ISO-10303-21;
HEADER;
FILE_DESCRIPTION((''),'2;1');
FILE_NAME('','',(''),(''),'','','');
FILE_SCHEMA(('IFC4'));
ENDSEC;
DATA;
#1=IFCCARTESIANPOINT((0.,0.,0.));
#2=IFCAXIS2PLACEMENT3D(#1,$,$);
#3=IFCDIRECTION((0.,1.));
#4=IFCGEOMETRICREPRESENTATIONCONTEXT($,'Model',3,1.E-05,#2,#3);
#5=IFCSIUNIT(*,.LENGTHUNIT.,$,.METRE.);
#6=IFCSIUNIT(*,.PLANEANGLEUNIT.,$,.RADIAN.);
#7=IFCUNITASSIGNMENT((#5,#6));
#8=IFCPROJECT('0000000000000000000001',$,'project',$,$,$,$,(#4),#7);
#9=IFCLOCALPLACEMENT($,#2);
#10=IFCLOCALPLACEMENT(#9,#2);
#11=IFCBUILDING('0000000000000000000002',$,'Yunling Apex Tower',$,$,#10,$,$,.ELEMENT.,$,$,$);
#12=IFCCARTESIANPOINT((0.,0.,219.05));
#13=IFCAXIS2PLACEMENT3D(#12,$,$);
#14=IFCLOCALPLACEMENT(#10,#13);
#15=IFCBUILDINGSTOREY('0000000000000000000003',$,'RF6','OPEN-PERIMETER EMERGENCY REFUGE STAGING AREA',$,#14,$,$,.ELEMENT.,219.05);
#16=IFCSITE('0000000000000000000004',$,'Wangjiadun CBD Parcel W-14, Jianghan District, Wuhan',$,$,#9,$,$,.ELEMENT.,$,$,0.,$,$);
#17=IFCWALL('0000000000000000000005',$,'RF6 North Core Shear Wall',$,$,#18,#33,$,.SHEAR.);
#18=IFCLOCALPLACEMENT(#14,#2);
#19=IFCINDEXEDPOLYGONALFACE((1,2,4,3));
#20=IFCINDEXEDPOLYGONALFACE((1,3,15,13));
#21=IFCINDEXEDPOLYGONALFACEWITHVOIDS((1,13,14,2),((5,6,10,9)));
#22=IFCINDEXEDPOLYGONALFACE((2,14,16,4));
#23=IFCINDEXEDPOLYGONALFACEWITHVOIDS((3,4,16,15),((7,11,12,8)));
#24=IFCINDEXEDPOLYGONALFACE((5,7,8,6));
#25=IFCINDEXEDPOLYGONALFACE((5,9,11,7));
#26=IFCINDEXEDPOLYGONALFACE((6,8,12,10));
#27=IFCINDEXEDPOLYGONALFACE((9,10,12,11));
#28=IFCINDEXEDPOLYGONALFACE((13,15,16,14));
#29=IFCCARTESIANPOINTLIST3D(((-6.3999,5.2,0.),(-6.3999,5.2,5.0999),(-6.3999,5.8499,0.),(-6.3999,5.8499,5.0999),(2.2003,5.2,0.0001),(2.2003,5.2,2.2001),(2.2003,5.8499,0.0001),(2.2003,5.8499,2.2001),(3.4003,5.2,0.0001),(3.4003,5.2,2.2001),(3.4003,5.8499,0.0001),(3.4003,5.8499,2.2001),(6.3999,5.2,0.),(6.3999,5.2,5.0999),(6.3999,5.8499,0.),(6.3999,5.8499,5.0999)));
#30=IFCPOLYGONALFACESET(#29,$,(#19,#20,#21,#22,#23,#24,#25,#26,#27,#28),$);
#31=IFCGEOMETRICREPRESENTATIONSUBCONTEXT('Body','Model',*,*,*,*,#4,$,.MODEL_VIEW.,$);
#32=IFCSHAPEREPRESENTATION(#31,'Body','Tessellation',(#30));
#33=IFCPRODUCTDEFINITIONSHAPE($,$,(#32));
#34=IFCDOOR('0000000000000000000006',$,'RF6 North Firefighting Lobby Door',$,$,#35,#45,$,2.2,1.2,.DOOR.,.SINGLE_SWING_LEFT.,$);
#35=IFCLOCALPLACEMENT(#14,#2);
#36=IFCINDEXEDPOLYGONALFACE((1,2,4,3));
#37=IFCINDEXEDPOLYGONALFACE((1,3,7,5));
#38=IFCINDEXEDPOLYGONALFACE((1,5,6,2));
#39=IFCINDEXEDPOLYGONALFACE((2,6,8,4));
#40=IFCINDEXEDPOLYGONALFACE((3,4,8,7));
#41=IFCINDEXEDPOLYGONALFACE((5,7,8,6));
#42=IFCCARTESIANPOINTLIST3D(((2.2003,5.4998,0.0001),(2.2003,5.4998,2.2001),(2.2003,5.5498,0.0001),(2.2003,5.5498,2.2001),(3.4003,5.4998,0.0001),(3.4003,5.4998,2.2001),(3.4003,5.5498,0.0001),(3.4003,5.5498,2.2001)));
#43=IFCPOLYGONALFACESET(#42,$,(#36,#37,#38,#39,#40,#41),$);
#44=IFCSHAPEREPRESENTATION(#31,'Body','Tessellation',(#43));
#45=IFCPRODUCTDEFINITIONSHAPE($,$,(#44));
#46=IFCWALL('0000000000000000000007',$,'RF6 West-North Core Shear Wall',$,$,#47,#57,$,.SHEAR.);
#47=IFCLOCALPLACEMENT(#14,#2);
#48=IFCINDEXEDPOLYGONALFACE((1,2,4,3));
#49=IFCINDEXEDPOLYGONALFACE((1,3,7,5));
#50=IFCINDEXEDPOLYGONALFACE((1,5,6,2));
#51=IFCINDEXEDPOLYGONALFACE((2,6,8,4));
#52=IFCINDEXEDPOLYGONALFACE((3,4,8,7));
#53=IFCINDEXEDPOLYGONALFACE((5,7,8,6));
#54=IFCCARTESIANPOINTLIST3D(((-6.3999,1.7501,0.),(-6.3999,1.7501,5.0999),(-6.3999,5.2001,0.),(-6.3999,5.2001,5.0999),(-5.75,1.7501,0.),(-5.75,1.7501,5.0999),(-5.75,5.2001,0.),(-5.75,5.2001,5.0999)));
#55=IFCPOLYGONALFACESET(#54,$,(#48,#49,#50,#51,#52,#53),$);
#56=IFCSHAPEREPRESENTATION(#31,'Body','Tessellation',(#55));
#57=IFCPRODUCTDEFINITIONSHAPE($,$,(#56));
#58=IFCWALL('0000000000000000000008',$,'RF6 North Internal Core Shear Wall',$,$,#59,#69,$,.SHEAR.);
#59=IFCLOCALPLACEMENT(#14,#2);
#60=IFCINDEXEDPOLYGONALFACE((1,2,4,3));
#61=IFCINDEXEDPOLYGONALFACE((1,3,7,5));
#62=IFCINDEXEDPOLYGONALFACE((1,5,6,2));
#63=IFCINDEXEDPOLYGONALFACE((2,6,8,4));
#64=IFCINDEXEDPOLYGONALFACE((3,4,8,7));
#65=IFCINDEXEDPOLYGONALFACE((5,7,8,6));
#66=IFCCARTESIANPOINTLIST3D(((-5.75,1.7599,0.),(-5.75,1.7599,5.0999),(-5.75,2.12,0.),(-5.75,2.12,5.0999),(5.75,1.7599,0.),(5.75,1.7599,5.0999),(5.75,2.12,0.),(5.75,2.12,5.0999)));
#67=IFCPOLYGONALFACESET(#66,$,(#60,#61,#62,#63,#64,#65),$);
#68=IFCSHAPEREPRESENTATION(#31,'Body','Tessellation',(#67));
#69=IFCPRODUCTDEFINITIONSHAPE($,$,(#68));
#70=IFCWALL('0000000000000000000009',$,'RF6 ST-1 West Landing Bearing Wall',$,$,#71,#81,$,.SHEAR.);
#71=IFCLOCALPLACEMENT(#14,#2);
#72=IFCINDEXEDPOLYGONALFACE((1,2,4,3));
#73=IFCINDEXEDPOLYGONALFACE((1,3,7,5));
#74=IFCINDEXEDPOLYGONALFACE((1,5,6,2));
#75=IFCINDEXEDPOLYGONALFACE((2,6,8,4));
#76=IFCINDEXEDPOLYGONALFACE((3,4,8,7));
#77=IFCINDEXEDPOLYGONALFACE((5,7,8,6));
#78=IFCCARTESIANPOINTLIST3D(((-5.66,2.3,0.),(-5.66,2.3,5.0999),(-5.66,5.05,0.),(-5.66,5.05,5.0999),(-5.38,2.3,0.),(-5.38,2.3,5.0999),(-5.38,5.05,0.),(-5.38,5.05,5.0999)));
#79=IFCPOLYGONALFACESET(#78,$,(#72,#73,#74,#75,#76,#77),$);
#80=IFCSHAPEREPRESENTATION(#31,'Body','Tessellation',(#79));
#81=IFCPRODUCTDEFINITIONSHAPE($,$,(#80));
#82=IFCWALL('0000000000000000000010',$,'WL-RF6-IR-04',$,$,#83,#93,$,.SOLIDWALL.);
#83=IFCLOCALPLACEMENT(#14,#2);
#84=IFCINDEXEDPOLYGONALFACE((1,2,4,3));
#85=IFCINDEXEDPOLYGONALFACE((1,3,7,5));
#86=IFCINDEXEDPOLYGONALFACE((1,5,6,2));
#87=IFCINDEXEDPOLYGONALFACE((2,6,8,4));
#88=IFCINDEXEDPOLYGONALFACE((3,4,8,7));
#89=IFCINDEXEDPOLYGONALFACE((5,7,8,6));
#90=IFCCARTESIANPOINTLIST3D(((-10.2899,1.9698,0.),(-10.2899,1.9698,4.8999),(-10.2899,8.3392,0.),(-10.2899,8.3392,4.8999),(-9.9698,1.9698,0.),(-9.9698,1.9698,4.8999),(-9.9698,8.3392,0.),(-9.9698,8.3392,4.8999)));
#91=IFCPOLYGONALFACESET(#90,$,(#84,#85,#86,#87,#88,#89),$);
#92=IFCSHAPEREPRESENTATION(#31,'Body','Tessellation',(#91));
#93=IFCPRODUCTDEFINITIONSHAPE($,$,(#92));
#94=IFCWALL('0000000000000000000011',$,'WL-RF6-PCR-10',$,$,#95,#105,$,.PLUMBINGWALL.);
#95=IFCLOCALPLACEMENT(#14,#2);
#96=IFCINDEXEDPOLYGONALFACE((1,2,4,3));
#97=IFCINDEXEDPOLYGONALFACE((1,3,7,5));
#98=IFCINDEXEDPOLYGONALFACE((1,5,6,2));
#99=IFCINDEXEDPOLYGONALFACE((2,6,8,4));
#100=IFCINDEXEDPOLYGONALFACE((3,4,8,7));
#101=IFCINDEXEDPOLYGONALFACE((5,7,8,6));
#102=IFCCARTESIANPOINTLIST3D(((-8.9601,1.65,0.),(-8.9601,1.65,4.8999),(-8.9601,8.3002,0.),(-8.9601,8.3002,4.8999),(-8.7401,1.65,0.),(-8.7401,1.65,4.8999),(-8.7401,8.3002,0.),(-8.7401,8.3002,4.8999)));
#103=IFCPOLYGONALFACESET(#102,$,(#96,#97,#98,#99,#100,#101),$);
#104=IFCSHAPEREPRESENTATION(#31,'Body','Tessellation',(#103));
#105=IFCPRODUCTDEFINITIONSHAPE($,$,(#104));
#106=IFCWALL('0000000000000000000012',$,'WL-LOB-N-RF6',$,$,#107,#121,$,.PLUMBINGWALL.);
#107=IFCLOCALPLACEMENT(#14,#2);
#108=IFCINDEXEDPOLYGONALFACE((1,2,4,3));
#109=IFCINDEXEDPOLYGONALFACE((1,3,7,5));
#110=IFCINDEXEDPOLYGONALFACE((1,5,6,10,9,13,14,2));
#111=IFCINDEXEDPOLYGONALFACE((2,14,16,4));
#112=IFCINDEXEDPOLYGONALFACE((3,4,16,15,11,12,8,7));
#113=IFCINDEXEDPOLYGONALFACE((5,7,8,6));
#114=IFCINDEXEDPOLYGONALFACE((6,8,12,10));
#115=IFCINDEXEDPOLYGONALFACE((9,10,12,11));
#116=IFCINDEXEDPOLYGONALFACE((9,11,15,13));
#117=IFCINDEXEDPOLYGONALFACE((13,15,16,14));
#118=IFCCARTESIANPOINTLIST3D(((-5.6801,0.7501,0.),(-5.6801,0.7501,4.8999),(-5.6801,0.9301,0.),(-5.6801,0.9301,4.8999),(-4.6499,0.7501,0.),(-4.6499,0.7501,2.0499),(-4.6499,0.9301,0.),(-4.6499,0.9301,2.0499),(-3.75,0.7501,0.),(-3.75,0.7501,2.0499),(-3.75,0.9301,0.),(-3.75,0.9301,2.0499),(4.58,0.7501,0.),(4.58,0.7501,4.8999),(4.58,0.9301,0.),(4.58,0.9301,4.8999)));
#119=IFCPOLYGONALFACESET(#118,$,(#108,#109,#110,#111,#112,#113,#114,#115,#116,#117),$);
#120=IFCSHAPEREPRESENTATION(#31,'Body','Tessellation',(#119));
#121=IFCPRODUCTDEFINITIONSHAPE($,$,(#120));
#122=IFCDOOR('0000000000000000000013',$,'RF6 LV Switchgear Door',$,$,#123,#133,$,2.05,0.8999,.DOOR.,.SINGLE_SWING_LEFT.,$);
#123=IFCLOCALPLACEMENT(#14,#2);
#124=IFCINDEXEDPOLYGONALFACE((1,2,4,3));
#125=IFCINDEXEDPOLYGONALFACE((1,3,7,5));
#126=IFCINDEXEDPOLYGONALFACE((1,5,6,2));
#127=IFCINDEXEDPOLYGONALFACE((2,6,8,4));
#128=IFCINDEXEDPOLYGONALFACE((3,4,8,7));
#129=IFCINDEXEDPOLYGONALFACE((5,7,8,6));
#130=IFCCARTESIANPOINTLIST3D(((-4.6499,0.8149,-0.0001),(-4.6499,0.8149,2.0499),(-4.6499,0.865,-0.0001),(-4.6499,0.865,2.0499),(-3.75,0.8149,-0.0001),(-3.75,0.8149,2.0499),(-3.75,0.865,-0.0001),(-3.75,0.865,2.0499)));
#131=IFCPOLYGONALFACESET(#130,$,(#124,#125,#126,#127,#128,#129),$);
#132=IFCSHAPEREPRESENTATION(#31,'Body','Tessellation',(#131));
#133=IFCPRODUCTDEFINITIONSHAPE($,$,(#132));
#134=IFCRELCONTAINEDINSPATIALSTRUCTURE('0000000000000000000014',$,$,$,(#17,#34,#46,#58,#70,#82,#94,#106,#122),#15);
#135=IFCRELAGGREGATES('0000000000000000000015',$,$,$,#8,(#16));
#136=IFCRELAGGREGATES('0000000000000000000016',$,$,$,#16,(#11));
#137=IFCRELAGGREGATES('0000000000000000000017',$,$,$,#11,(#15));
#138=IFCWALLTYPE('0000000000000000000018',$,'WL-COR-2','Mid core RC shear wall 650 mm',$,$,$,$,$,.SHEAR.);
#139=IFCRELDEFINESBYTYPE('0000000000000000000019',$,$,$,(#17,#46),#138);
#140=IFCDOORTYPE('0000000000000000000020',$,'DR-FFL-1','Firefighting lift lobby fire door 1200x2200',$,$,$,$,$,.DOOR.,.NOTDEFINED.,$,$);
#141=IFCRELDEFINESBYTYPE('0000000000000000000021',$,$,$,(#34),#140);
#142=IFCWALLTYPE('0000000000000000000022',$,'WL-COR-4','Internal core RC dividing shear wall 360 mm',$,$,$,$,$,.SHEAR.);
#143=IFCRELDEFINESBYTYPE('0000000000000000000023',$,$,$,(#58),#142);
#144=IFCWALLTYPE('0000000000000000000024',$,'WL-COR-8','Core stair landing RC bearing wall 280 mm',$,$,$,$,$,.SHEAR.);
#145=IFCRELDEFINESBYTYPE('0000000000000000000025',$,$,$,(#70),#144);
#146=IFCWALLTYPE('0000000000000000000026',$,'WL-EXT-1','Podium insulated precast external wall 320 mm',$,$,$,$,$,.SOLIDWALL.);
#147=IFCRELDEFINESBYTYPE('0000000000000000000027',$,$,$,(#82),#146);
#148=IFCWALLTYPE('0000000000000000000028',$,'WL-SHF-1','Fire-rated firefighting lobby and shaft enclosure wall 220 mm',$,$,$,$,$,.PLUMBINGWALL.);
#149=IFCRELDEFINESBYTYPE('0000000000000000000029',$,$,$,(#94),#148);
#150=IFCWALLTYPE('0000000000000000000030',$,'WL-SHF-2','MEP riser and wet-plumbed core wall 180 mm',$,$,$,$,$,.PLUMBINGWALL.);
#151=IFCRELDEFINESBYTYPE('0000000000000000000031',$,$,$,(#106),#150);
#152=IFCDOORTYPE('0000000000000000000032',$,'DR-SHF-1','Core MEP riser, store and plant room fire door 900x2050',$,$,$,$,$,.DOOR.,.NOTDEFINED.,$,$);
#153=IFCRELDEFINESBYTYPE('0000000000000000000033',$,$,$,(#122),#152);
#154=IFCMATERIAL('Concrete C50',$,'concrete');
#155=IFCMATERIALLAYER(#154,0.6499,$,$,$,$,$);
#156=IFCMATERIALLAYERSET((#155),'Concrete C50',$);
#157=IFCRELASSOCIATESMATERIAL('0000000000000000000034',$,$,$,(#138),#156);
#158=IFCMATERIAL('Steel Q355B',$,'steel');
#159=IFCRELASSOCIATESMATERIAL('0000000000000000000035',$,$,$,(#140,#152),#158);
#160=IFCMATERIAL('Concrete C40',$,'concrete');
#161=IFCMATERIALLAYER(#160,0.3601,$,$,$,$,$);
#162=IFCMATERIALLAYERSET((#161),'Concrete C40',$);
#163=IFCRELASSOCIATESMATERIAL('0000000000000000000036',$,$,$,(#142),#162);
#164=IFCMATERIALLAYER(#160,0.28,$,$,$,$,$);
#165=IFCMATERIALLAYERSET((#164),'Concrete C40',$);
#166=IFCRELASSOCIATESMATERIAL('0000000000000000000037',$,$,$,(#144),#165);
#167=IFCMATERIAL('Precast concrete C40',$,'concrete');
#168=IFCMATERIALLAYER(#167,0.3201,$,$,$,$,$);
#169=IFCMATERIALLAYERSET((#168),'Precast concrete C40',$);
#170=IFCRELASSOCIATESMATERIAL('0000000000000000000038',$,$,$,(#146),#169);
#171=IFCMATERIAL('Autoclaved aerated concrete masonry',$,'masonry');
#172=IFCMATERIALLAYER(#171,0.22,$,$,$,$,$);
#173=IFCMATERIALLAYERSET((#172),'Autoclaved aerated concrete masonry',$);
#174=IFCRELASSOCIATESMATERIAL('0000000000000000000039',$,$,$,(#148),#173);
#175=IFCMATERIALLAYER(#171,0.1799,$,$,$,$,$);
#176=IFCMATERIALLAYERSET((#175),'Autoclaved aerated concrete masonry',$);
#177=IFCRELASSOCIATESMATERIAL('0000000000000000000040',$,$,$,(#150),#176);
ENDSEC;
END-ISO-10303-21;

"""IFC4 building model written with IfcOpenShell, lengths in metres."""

from ifc_helpers import new_model, si_unit, direction, frame, frame_2d, origin, place, context, subcontext, project, spatial, rectangle, extrude, material, layer, layer_set, type_object, element, fill, save


model = new_model("IFC4")

# Units and contexts
model_context = context("Model", 3, precision=1e-05, world=origin(), true_north=direction((0.0, 1.0)))
body_context = subcontext(model_context, "Body", "Model", "MODEL_VIEW")
ifc_project = project(units=[si_unit("LENGTHUNIT", "METRE"), si_unit("PLANEANGLEUNIT", "RADIAN")], contexts=[model_context])

# Site, building, storey
site_placement = place(None, origin())
site = spatial("IfcSite", under=ifc_project, at=site_placement, Name="Wangjiadun CBD Parcel W-14, Jianghan District, Wuhan", CompositionType="ELEMENT", RefElevation=0.0)
building_placement = place(site_placement, origin())
building = spatial("IfcBuilding", under=site, at=building_placement, Name="Yunling Apex Tower", CompositionType="ELEMENT")
storey_placement = place(building_placement, frame((0.0, 0.0, 219.05)))
storey = spatial("IfcBuildingStorey", under=building, at=storey_placement, Name="RF6", Description="OPEN-PERIMETER EMERGENCY REFUGE STAGING AREA", CompositionType="ELEMENT", Elevation=219.05)

# Shared definitions
ifc_material_1 = material(Name="Concrete C50", Category="concrete")

# Shared definitions
ifc_material_2 = material(Name="Steel Q355B", Category="steel")

# Wall, opening, door
ifc_layer_1 = layer(ifc_material_1, 0.6499)
ifc_layer_set_1 = layer_set([ifc_layer_1], Name="Concrete C50")
wall_type_1 = type_object("IfcWallType", Name="WL-COR-2", Description="Mid core RC shear wall 650 mm", PredefinedType="SHEAR", material=ifc_layer_set_1)
wall_1_placement = place(storey_placement, frame((-6.3999, 5.5249, 0.0), z_axis=(0.0, 0.0, 1.0), x_axis=(1.0, 0.0, 0.0)))
wall_1 = element("IfcWall", 1, at=wall_1_placement, inside=storey, type_object=wall_type_1, Name="RF6 North Core Shear Wall", PredefinedType="SHEAR", context=body_context, shape_type="SweptSolid", body=[
    extrude(rectangle(XDim=12.7998, YDim=0.6499, at=frame_2d((6.3999, 0.0))), origin(), (0.0, 0.0, 1.0), 5.0999),
])
opening_1_placement = place(wall_1_placement, frame((8.6001, 0.0, 0.0)))
opening_1 = element("IfcOpeningElement", 2, at=opening_1_placement, cuts=wall_1, PredefinedType="OPENING", context=body_context, shape_type="SweptSolid", body=[
    extrude(rectangle(XDim=1.2, YDim=2.2, at=frame_2d((0.6001, 1.1001))), frame((0.0, 0.335, 0.0), z_axis=(0.0, -1.0, 0.0), x_axis=(1.0, 0.0, 0.0)), (0.0, 0.0, 1.0), 0.6699),
])
door_type_1 = type_object("IfcDoorType", Name="DR-FFL-1", Description="Firefighting lift lobby fire door 1200x2200", OperationType="NOTDEFINED", PredefinedType="DOOR", material=ifc_material_2)
door_1_placement = place(opening_1_placement, origin())
door_1 = element("IfcDoor", 3, at=door_1_placement, inside=storey, type_object=door_type_1, Name="RF6 North Firefighting Lobby Door", OperationType="SINGLE_SWING_LEFT", OverallHeight=2.2, OverallWidth=1.2, PredefinedType="DOOR", context=body_context, shape_type="SweptSolid", body=[
    extrude(rectangle(XDim=1.2, YDim=2.2, at=frame_2d((0.6001, 1.1001))), frame((0.0, 0.0249, 0.0), z_axis=(0.0, -1.0, 0.0), x_axis=(1.0, 0.0, 0.0)), (0.0, 0.0, 1.0), 0.05),
])
fill(opening_1, door_1)

# Walls
wall_2_placement = place(storey_placement, frame((-6.075, 1.75, 0.0), z_axis=(0.0, 0.0, 1.0), x_axis=(0.0, 1.0, 0.0)))
element("IfcWall", 4, at=wall_2_placement, inside=storey, type_object=wall_type_1, Name="RF6 West-North Core Shear Wall", PredefinedType="SHEAR", context=body_context, shape_type="SweptSolid", body=[
    extrude(rectangle(XDim=3.45, YDim=0.6499, at=frame_2d((1.7251, 0.0))), origin(), (0.0, 0.0, 1.0), 5.0999),
])
ifc_material_3 = material(Name="Concrete C40", Category="concrete")
ifc_layer_2 = layer(ifc_material_3, 0.3601)
ifc_layer_set_2 = layer_set([ifc_layer_2], Name="Concrete C40")
wall_type_2 = type_object("IfcWallType", Name="WL-COR-4", Description="Internal core RC dividing shear wall 360 mm", PredefinedType="SHEAR", material=ifc_layer_set_2)
wall_3_placement = place(storey_placement, frame((-5.75, 1.9399, 0.0), z_axis=(0.0, 0.0, 1.0), x_axis=(1.0, 0.0, 0.0)))
element("IfcWall", 5, at=wall_3_placement, inside=storey, type_object=wall_type_2, Name="RF6 North Internal Core Shear Wall", PredefinedType="SHEAR", context=body_context, shape_type="SweptSolid", body=[
    extrude(rectangle(XDim=11.5, YDim=0.3601, at=frame_2d((5.75, 0.0))), origin(), (0.0, 0.0, 1.0), 5.0999),
])
ifc_layer_3 = layer(ifc_material_3, 0.28)
ifc_layer_set_3 = layer_set([ifc_layer_3], Name="Concrete C40")
wall_type_3 = type_object("IfcWallType", Name="WL-COR-8", Description="Core stair landing RC bearing wall 280 mm", PredefinedType="SHEAR", material=ifc_layer_set_3)
wall_4_placement = place(storey_placement, frame((-5.52, 2.3, 0.0), z_axis=(0.0, 0.0, 1.0), x_axis=(0.0, 1.0, 0.0)))
element("IfcWall", 6, at=wall_4_placement, inside=storey, type_object=wall_type_3, Name="RF6 ST-1 West Landing Bearing Wall", PredefinedType="SHEAR", context=body_context, shape_type="SweptSolid", body=[
    extrude(rectangle(XDim=2.75, YDim=0.28, at=frame_2d((1.375, 0.0))), origin(), (0.0, 0.0, 1.0), 5.0999),
])
ifc_material_4 = material(Name="Precast concrete C40", Category="concrete")
ifc_layer_4 = layer(ifc_material_4, 0.3201)
ifc_layer_set_4 = layer_set([ifc_layer_4], Name="Precast concrete C40")
wall_type_4 = type_object("IfcWallType", Name="WL-EXT-1", Description="Podium insulated precast external wall 320 mm", PredefinedType="SOLIDWALL", material=ifc_layer_set_4)
wall_5_placement = place(storey_placement, frame((-10.1299, 1.97, 0.0), z_axis=(0.0, 0.0, 1.0), x_axis=(0.0, 1.0, 0.0)))
element("IfcWall", 7, at=wall_5_placement, inside=storey, type_object=wall_type_4, Name="WL-RF6-IR-04", PredefinedType="SOLIDWALL", context=body_context, shape_type="SweptSolid", body=[
    extrude(rectangle(XDim=6.3694, YDim=0.3201, at=frame_2d((3.1846, 0.0))), origin(), (0.0, 0.0, 1.0), 4.8999),
])
ifc_material_5 = material(Name="Autoclaved aerated concrete masonry", Category="masonry")
ifc_layer_5 = layer(ifc_material_5, 0.22)
ifc_layer_set_5 = layer_set([ifc_layer_5], Name="Autoclaved aerated concrete masonry")
wall_type_5 = type_object("IfcWallType", Name="WL-SHF-1", Description="Fire-rated firefighting lobby and shaft enclosure wall 220 mm", PredefinedType="PLUMBINGWALL", material=ifc_layer_set_5)
wall_6_placement = place(storey_placement, frame((-8.8501, 1.6499, 0.0), z_axis=(0.0, 0.0, 1.0), x_axis=(0.0, 1.0, 0.0)))
element("IfcWall", 8, at=wall_6_placement, inside=storey, type_object=wall_type_5, Name="WL-RF6-PCR-10", PredefinedType="PLUMBINGWALL", context=body_context, shape_type="SweptSolid", body=[
    extrude(rectangle(XDim=6.6501, YDim=0.22, at=frame_2d((3.3252, 0.0))), origin(), (0.0, 0.0, 1.0), 4.8999),
])

# Wall, opening, door
ifc_layer_6 = layer(ifc_material_5, 0.1799)
ifc_layer_set_6 = layer_set([ifc_layer_6], Name="Autoclaved aerated concrete masonry")
wall_type_6 = type_object("IfcWallType", Name="WL-SHF-2", Description="MEP riser and wet-plumbed core wall 180 mm", PredefinedType="PLUMBINGWALL", material=ifc_layer_set_6)
wall_7_placement = place(storey_placement, frame((-5.6799, 0.8401, 0.0), z_axis=(0.0, 0.0, 1.0), x_axis=(1.0, 0.0, 0.0)))
wall_7 = element("IfcWall", 9, at=wall_7_placement, inside=storey, type_object=wall_type_6, Name="WL-LOB-N-RF6", PredefinedType="PLUMBINGWALL", context=body_context, shape_type="SweptSolid", body=[
    extrude(rectangle(XDim=10.26, YDim=0.1799, at=frame_2d((5.1299, 0.0))), origin(), (0.0, 0.0, 1.0), 4.8999),
])
opening_2_placement = place(wall_7_placement, frame((1.03, 0.0, 0.0)))
opening_2 = element("IfcOpeningElement", 10, at=opening_2_placement, cuts=wall_7, PredefinedType="OPENING", context=body_context, shape_type="SweptSolid", body=[
    extrude(rectangle(XDim=0.8999, YDim=2.05, at=frame_2d((0.45, 1.0249))), frame((0.0, 0.1001, 0.0), z_axis=(0.0, -1.0, 0.0), x_axis=(1.0, 0.0, 0.0)), (0.0, 0.0, 1.0), 0.2),
])
door_type_2 = type_object("IfcDoorType", Name="DR-SHF-1", Description="Core MEP riser, store and plant room fire door 900x2050", OperationType="NOTDEFINED", PredefinedType="DOOR", material=ifc_material_2)
door_2_placement = place(opening_2_placement, origin())
door_2 = element("IfcDoor", 11, at=door_2_placement, inside=storey, type_object=door_type_2, Name="RF6 LV Switchgear Door", OperationType="SINGLE_SWING_LEFT", OverallHeight=2.05, OverallWidth=0.8999, PredefinedType="DOOR", context=body_context, shape_type="SweptSolid", body=[
    extrude(rectangle(XDim=0.8999, YDim=2.05, at=frame_2d((0.45, 1.0249))), frame((0.0, 0.0249, 0.0), z_axis=(0.0, -1.0, 0.0), x_axis=(1.0, 0.0, 0.0)), (0.0, 0.0, 1.0), 0.05),
])
fill(opening_2, door_2)

save(model, "model.ifc")
